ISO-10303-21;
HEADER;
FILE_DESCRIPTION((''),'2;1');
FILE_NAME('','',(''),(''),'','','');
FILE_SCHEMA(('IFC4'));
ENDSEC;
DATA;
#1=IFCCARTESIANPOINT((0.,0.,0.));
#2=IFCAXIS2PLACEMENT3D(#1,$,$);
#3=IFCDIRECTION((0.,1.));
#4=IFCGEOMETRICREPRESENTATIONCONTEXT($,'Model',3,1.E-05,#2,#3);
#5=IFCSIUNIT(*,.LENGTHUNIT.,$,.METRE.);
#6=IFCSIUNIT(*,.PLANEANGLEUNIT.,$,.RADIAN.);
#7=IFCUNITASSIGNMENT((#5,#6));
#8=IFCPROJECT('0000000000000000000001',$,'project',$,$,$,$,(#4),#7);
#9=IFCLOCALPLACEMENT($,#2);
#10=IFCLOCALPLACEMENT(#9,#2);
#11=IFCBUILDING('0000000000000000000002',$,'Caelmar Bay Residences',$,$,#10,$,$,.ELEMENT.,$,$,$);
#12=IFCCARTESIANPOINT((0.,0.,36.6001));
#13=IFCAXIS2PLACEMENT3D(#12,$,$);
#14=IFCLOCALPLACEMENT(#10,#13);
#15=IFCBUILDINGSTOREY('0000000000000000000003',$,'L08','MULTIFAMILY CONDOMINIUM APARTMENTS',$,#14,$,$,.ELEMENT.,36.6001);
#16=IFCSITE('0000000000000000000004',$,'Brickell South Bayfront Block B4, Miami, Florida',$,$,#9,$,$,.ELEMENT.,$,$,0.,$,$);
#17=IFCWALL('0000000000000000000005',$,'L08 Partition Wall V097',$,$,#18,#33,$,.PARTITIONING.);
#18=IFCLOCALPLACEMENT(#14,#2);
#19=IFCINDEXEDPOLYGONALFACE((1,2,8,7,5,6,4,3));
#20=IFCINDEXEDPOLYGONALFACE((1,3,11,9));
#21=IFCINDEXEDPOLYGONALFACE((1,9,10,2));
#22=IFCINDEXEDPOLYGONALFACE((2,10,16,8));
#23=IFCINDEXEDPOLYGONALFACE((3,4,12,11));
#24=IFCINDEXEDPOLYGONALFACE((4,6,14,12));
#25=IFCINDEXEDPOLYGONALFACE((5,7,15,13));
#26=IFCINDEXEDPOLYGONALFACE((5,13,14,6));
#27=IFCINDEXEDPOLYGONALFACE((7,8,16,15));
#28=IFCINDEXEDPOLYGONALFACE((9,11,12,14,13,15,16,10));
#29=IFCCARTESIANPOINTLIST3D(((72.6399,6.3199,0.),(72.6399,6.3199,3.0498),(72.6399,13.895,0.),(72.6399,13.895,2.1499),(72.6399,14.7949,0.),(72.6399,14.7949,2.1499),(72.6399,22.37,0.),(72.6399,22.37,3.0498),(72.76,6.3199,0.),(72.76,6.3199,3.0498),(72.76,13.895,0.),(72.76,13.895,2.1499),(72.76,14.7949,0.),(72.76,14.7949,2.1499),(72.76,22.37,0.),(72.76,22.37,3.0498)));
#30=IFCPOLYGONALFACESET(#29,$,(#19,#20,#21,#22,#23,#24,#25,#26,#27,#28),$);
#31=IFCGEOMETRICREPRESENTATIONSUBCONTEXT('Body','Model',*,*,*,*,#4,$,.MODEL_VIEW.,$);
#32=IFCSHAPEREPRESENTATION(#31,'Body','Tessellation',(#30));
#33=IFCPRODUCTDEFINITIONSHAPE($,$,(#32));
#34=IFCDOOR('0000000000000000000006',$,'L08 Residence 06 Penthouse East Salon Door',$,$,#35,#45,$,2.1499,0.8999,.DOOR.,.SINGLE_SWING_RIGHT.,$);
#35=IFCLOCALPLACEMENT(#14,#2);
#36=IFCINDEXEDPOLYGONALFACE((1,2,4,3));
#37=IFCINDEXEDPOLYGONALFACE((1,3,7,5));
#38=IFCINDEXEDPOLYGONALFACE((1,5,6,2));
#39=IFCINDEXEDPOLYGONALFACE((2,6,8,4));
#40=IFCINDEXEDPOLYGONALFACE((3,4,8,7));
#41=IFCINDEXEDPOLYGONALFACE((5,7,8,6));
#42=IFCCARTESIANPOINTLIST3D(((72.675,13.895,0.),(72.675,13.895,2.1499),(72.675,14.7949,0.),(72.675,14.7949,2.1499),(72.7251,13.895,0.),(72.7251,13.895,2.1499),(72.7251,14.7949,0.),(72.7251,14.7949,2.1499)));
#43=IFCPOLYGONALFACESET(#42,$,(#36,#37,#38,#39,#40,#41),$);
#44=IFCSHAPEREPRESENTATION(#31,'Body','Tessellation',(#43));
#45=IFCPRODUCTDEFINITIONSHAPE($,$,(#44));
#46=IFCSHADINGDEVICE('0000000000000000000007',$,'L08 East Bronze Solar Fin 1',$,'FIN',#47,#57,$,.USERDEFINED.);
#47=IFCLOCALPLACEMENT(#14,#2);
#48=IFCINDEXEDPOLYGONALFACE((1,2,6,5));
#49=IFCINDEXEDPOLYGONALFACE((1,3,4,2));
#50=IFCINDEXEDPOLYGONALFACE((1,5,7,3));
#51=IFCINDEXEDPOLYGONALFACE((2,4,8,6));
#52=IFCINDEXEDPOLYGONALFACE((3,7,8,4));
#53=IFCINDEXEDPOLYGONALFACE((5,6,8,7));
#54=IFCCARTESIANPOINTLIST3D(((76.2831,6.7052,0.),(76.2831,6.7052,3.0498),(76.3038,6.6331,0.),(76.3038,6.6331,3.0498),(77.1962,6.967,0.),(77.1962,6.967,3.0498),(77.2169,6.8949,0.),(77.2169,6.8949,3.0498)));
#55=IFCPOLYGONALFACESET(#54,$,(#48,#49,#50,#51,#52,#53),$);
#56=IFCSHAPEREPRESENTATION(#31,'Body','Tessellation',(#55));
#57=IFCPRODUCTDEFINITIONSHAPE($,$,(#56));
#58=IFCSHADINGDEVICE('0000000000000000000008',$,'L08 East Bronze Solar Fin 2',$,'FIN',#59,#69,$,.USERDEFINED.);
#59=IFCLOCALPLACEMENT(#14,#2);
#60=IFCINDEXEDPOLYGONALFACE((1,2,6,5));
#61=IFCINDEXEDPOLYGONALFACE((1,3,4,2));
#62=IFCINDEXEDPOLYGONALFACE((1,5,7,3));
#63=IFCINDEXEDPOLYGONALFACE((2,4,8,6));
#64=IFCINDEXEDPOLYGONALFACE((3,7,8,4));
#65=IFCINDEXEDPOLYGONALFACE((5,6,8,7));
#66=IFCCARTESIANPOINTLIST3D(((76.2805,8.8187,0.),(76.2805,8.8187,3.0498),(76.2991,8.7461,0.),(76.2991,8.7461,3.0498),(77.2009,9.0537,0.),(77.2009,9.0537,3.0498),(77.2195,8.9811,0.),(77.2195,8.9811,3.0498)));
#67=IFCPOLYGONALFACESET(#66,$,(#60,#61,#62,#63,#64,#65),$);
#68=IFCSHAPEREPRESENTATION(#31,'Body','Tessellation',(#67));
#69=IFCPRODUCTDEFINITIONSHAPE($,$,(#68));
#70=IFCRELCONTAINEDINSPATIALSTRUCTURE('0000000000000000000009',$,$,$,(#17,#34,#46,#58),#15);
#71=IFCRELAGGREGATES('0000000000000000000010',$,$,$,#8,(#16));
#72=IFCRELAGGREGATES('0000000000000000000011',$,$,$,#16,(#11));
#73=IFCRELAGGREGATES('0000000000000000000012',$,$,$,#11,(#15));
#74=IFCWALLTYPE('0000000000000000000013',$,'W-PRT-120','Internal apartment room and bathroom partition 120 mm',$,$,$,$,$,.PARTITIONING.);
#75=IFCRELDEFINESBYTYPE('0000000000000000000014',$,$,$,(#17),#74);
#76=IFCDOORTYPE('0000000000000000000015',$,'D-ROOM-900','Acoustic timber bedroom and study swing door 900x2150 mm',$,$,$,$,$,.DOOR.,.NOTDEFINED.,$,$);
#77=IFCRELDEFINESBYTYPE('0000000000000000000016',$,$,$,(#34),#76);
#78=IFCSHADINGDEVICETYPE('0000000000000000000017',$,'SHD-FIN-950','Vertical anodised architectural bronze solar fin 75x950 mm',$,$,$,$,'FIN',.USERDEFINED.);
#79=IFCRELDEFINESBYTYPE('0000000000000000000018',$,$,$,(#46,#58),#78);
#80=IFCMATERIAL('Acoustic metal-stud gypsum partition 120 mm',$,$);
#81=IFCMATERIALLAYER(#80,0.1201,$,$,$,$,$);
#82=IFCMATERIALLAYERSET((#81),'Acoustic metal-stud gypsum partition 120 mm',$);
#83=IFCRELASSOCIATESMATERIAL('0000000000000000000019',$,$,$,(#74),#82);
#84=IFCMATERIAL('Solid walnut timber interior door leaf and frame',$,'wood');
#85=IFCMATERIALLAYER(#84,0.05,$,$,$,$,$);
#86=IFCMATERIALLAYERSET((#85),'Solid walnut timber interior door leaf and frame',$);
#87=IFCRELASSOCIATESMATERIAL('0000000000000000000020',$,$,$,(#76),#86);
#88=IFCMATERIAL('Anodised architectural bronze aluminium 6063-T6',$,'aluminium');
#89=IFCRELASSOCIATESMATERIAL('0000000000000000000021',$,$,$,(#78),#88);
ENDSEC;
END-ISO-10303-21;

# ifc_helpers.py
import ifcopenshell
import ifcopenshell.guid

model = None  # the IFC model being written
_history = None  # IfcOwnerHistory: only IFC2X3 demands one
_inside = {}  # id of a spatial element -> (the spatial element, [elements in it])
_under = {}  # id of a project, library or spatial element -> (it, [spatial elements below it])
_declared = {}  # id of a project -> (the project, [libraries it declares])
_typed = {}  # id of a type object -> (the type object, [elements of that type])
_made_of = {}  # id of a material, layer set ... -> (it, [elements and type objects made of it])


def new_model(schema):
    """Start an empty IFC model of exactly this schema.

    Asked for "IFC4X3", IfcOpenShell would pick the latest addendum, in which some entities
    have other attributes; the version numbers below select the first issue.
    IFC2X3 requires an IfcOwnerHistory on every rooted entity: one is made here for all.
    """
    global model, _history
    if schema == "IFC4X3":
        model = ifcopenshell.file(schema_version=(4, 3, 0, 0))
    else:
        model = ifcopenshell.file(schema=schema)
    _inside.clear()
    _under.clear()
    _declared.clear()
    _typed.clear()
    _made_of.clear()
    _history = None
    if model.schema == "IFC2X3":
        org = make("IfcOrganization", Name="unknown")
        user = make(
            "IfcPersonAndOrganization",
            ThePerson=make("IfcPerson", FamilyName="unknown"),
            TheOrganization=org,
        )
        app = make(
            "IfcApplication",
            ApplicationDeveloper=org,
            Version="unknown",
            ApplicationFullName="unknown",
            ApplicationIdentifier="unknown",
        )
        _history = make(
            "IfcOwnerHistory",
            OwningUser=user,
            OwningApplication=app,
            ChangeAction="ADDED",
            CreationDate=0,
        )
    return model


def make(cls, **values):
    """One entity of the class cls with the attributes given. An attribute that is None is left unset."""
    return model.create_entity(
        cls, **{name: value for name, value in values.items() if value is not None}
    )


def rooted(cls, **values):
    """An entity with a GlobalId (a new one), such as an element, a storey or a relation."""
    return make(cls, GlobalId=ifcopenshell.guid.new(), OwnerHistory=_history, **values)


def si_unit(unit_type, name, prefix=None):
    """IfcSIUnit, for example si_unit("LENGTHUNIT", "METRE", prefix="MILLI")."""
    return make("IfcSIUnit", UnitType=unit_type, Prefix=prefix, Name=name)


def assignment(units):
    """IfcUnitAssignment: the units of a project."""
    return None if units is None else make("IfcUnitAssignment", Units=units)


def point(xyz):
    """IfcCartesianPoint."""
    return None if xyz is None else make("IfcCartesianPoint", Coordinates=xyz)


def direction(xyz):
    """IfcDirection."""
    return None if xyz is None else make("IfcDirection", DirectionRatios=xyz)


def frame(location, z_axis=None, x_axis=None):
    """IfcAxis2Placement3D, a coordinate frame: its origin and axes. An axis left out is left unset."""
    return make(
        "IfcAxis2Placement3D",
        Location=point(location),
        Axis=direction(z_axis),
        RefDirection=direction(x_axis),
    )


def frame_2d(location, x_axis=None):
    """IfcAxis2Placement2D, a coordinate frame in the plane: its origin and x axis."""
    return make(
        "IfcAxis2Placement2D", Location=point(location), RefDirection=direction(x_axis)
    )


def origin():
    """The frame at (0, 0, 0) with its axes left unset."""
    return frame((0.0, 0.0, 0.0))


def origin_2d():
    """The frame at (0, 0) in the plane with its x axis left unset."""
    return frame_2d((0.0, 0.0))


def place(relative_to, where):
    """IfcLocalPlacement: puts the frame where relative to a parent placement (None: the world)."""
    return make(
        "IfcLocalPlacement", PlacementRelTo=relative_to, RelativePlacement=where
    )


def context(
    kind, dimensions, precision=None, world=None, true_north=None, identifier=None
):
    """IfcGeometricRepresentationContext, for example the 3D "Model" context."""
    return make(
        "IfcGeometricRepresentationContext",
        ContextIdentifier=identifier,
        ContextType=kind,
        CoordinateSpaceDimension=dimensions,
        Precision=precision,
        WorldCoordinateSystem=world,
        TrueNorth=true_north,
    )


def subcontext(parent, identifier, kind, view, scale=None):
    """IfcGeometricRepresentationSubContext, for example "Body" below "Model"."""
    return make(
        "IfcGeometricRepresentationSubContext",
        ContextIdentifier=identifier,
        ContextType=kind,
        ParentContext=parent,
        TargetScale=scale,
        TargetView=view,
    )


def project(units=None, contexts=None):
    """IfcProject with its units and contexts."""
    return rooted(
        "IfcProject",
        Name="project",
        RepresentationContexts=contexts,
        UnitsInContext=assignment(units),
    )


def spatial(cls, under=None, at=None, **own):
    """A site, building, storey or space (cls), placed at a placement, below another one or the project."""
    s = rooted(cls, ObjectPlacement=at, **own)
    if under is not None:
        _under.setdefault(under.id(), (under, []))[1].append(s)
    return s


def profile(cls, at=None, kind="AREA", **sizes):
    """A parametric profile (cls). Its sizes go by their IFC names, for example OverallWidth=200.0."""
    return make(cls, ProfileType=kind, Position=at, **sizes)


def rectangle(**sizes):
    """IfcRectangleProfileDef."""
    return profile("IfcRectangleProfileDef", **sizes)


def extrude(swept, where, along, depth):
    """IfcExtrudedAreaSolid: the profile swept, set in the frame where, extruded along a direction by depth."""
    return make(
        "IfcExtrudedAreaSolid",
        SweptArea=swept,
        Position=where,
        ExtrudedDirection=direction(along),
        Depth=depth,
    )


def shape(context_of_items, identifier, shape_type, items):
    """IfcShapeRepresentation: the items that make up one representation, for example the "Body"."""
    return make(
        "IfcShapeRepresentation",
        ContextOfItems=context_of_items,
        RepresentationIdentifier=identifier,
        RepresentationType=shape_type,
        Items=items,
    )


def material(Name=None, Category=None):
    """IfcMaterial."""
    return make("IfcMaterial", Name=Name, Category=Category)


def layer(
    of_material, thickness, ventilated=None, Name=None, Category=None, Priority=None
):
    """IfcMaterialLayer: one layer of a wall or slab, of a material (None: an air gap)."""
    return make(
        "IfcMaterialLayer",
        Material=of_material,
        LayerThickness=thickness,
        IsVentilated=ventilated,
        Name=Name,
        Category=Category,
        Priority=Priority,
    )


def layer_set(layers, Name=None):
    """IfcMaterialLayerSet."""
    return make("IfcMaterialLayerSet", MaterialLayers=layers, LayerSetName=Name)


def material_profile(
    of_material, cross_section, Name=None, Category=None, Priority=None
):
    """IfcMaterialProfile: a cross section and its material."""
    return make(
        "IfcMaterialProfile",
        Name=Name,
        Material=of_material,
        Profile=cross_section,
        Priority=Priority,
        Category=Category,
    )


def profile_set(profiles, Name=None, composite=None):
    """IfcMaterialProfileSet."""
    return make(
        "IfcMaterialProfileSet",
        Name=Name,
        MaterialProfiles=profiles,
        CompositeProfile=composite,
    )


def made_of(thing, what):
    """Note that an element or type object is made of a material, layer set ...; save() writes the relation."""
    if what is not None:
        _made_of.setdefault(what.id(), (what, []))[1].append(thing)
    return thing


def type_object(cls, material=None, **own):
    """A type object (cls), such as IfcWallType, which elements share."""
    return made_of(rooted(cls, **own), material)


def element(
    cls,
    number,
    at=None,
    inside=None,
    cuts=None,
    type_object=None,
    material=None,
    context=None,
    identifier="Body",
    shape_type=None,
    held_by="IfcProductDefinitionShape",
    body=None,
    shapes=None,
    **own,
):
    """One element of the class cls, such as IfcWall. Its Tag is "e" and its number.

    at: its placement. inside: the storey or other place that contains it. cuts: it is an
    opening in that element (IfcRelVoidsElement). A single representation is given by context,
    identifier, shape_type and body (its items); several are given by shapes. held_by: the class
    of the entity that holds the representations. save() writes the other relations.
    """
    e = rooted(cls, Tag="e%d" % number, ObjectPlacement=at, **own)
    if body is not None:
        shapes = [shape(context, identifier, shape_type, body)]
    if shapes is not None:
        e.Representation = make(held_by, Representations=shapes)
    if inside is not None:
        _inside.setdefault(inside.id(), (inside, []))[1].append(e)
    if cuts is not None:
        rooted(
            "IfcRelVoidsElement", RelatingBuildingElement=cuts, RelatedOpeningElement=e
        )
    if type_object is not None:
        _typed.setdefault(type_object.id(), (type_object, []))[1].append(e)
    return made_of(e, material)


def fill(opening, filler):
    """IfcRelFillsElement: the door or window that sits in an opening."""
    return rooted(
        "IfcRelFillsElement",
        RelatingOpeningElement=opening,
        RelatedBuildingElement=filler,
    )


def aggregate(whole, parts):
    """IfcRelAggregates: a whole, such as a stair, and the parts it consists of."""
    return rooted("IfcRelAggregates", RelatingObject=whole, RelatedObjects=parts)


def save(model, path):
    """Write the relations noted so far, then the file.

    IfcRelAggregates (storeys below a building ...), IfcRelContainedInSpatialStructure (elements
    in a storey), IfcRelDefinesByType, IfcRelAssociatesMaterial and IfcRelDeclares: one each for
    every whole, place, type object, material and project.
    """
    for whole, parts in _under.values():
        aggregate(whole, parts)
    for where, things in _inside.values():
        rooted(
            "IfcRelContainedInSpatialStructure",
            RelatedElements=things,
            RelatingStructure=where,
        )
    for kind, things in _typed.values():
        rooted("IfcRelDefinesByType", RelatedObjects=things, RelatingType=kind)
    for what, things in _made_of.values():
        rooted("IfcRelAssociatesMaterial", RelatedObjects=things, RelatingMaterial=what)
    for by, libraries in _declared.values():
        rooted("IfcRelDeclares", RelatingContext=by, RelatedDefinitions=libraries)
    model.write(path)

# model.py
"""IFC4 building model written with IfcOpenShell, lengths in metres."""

from ifc_helpers import new_model, si_unit, direction, frame, frame_2d, origin, origin_2d, place, context, subcontext, project, spatial, rectangle, extrude, material, layer, layer_set, material_profile, profile_set, type_object, element, fill, save


model = new_model("IFC4")

# Units and contexts
model_context = context("Model", 3, precision=1e-05, world=origin(), true_north=direction((0.0, 1.0)))
body_context = subcontext(model_context, "Body", "Model", "MODEL_VIEW")
ifc_project = project(units=[si_unit("LENGTHUNIT", "METRE"), si_unit("PLANEANGLEUNIT", "RADIAN")], contexts=[model_context])

# Site, building, storey
site_placement = place(None, origin())
site = spatial("IfcSite", under=ifc_project, at=site_placement, Name="Brickell South Bayfront Block B4, Miami, Florida", CompositionType="ELEMENT", RefElevation=0.0)
building_placement = place(site_placement, origin())
building = spatial("IfcBuilding", under=site, at=building_placement, Name="Caelmar Bay Residences", CompositionType="ELEMENT")
storey_placement = place(building_placement, frame((0.0, 0.0, 36.6001)))
storey = spatial("IfcBuildingStorey", under=building, at=storey_placement, Name="L08", Description="MULTIFAMILY CONDOMINIUM APARTMENTS", CompositionType="ELEMENT", Elevation=36.6001)

# Wall, opening, door
ifc_material_1 = material(Name="Acoustic metal-stud gypsum partition 120 mm")
ifc_layer_1 = layer(ifc_material_1, 0.1201)
ifc_layer_set_1 = layer_set([ifc_layer_1], Name="Acoustic metal-stud gypsum partition 120 mm")
wall_type_1 = type_object("IfcWallType", Name="W-PRT-120", Description="Internal apartment room and bathroom partition 120 mm", PredefinedType="PARTITIONING", material=ifc_layer_set_1)
wall_1_placement = place(storey_placement, frame((72.7, 6.3201, 0.0), z_axis=(0.0, 0.0, 1.0), x_axis=(0.0, 1.0, 0.0)))
wall_1 = element("IfcWall", 1, at=wall_1_placement, inside=storey, type_object=wall_type_1, Name="L08 Partition Wall V097", PredefinedType="PARTITIONING", context=body_context, shape_type="SweptSolid", body=[
    extrude(rectangle(XDim=16.05, YDim=0.1201, at=frame_2d((8.0249, 0.0))), origin(), (0.0, 0.0, 1.0), 3.0498),
])
opening_placement = place(wall_1_placement, frame((7.575, 0.0, 0.0)))
opening = element("IfcOpeningElement", 2, at=opening_placement, cuts=wall_1, PredefinedType="OPENING", context=body_context, shape_type="SweptSolid", body=[
    extrude(rectangle(XDim=0.8999, YDim=2.1499, at=frame_2d((0.45, 1.075))), frame((0.0, 0.0701, 0.0), z_axis=(0.0, -1.0, 0.0), x_axis=(1.0, 0.0, 0.0)), (0.0, 0.0, 1.0), 0.1401),
])
ifc_material_2 = material(Name="Solid walnut timber interior door leaf and frame", Category="wood")
ifc_layer_2 = layer(ifc_material_2, 0.05)
ifc_layer_set_2 = layer_set([ifc_layer_2], Name="Solid walnut timber interior door leaf and frame")
door_type = type_object("IfcDoorType", Name="D-ROOM-900", Description="Acoustic timber bedroom and study swing door 900x2150 mm", OperationType="NOTDEFINED", PredefinedType="DOOR", material=ifc_layer_set_2)
door_placement = place(opening_placement, origin())
door = element("IfcDoor", 3, at=door_placement, inside=storey, type_object=door_type, Name="L08 Residence 06 Penthouse East Salon Door", OperationType="SINGLE_SWING_RIGHT", OverallHeight=2.1499, OverallWidth=0.8999, PredefinedType="DOOR", context=body_context, shape_type="SweptSolid", body=[
    extrude(rectangle(XDim=0.8999, YDim=2.1499, at=frame_2d((0.45, 1.075))), frame((0.0, 0.0249, 0.0), z_axis=(0.0, -1.0, 0.0), x_axis=(1.0, 0.0, 0.0)), (0.0, 0.0, 1.0), 0.05),
])
fill(opening, door)

# Shading devices
ifc_material_3 = material(Name="Anodised architectural bronze aluminium 6063-T6", Category="aluminium")
ifc_material_profile_1 = material_profile(ifc_material_3, rectangle(XDim=0.075, YDim=0.95, at=origin_2d()), Name="BRONZE-FIN-75X950")
ifc_profile_set_1 = profile_set([ifc_material_profile_1], Name="Anodised architectural bronze aluminium 6063-T6")
shading_device_type = type_object("IfcShadingDeviceType", Name="SHD-FIN-950", Description="Vertical anodised architectural bronze solar fin 75x950 mm", ElementType="FIN", PredefinedType="USERDEFINED", material=ifc_profile_set_1)
for number, where, z_axis, x_axis, name in (
    (4, (76.75, 6.8, 0.0), (0.0, 0.0, 1.0), (-0.275637, 0.961262, 0.0), "L08 East Bronze Solar Fin 1"),
    (5, (76.75, 8.8999, 0.0), (0.0, 0.0, 1.0), (-0.247337, 0.968929, 0.0), "L08 East Bronze Solar Fin 2"),
):
    element("IfcShadingDevice", number, at=place(storey_placement, frame(where, z_axis=z_axis, x_axis=x_axis)), inside=storey, type_object=shading_device_type, Name=name, ObjectType="FIN", PredefinedType="USERDEFINED", context=body_context, shape_type="SweptSolid", body=[
        extrude(rectangle(XDim=0.075, YDim=0.95, at=origin_2d()), origin(), (0.0, 0.0, 1.0), 3.0498),
    ])

save(model, "model.ifc")
